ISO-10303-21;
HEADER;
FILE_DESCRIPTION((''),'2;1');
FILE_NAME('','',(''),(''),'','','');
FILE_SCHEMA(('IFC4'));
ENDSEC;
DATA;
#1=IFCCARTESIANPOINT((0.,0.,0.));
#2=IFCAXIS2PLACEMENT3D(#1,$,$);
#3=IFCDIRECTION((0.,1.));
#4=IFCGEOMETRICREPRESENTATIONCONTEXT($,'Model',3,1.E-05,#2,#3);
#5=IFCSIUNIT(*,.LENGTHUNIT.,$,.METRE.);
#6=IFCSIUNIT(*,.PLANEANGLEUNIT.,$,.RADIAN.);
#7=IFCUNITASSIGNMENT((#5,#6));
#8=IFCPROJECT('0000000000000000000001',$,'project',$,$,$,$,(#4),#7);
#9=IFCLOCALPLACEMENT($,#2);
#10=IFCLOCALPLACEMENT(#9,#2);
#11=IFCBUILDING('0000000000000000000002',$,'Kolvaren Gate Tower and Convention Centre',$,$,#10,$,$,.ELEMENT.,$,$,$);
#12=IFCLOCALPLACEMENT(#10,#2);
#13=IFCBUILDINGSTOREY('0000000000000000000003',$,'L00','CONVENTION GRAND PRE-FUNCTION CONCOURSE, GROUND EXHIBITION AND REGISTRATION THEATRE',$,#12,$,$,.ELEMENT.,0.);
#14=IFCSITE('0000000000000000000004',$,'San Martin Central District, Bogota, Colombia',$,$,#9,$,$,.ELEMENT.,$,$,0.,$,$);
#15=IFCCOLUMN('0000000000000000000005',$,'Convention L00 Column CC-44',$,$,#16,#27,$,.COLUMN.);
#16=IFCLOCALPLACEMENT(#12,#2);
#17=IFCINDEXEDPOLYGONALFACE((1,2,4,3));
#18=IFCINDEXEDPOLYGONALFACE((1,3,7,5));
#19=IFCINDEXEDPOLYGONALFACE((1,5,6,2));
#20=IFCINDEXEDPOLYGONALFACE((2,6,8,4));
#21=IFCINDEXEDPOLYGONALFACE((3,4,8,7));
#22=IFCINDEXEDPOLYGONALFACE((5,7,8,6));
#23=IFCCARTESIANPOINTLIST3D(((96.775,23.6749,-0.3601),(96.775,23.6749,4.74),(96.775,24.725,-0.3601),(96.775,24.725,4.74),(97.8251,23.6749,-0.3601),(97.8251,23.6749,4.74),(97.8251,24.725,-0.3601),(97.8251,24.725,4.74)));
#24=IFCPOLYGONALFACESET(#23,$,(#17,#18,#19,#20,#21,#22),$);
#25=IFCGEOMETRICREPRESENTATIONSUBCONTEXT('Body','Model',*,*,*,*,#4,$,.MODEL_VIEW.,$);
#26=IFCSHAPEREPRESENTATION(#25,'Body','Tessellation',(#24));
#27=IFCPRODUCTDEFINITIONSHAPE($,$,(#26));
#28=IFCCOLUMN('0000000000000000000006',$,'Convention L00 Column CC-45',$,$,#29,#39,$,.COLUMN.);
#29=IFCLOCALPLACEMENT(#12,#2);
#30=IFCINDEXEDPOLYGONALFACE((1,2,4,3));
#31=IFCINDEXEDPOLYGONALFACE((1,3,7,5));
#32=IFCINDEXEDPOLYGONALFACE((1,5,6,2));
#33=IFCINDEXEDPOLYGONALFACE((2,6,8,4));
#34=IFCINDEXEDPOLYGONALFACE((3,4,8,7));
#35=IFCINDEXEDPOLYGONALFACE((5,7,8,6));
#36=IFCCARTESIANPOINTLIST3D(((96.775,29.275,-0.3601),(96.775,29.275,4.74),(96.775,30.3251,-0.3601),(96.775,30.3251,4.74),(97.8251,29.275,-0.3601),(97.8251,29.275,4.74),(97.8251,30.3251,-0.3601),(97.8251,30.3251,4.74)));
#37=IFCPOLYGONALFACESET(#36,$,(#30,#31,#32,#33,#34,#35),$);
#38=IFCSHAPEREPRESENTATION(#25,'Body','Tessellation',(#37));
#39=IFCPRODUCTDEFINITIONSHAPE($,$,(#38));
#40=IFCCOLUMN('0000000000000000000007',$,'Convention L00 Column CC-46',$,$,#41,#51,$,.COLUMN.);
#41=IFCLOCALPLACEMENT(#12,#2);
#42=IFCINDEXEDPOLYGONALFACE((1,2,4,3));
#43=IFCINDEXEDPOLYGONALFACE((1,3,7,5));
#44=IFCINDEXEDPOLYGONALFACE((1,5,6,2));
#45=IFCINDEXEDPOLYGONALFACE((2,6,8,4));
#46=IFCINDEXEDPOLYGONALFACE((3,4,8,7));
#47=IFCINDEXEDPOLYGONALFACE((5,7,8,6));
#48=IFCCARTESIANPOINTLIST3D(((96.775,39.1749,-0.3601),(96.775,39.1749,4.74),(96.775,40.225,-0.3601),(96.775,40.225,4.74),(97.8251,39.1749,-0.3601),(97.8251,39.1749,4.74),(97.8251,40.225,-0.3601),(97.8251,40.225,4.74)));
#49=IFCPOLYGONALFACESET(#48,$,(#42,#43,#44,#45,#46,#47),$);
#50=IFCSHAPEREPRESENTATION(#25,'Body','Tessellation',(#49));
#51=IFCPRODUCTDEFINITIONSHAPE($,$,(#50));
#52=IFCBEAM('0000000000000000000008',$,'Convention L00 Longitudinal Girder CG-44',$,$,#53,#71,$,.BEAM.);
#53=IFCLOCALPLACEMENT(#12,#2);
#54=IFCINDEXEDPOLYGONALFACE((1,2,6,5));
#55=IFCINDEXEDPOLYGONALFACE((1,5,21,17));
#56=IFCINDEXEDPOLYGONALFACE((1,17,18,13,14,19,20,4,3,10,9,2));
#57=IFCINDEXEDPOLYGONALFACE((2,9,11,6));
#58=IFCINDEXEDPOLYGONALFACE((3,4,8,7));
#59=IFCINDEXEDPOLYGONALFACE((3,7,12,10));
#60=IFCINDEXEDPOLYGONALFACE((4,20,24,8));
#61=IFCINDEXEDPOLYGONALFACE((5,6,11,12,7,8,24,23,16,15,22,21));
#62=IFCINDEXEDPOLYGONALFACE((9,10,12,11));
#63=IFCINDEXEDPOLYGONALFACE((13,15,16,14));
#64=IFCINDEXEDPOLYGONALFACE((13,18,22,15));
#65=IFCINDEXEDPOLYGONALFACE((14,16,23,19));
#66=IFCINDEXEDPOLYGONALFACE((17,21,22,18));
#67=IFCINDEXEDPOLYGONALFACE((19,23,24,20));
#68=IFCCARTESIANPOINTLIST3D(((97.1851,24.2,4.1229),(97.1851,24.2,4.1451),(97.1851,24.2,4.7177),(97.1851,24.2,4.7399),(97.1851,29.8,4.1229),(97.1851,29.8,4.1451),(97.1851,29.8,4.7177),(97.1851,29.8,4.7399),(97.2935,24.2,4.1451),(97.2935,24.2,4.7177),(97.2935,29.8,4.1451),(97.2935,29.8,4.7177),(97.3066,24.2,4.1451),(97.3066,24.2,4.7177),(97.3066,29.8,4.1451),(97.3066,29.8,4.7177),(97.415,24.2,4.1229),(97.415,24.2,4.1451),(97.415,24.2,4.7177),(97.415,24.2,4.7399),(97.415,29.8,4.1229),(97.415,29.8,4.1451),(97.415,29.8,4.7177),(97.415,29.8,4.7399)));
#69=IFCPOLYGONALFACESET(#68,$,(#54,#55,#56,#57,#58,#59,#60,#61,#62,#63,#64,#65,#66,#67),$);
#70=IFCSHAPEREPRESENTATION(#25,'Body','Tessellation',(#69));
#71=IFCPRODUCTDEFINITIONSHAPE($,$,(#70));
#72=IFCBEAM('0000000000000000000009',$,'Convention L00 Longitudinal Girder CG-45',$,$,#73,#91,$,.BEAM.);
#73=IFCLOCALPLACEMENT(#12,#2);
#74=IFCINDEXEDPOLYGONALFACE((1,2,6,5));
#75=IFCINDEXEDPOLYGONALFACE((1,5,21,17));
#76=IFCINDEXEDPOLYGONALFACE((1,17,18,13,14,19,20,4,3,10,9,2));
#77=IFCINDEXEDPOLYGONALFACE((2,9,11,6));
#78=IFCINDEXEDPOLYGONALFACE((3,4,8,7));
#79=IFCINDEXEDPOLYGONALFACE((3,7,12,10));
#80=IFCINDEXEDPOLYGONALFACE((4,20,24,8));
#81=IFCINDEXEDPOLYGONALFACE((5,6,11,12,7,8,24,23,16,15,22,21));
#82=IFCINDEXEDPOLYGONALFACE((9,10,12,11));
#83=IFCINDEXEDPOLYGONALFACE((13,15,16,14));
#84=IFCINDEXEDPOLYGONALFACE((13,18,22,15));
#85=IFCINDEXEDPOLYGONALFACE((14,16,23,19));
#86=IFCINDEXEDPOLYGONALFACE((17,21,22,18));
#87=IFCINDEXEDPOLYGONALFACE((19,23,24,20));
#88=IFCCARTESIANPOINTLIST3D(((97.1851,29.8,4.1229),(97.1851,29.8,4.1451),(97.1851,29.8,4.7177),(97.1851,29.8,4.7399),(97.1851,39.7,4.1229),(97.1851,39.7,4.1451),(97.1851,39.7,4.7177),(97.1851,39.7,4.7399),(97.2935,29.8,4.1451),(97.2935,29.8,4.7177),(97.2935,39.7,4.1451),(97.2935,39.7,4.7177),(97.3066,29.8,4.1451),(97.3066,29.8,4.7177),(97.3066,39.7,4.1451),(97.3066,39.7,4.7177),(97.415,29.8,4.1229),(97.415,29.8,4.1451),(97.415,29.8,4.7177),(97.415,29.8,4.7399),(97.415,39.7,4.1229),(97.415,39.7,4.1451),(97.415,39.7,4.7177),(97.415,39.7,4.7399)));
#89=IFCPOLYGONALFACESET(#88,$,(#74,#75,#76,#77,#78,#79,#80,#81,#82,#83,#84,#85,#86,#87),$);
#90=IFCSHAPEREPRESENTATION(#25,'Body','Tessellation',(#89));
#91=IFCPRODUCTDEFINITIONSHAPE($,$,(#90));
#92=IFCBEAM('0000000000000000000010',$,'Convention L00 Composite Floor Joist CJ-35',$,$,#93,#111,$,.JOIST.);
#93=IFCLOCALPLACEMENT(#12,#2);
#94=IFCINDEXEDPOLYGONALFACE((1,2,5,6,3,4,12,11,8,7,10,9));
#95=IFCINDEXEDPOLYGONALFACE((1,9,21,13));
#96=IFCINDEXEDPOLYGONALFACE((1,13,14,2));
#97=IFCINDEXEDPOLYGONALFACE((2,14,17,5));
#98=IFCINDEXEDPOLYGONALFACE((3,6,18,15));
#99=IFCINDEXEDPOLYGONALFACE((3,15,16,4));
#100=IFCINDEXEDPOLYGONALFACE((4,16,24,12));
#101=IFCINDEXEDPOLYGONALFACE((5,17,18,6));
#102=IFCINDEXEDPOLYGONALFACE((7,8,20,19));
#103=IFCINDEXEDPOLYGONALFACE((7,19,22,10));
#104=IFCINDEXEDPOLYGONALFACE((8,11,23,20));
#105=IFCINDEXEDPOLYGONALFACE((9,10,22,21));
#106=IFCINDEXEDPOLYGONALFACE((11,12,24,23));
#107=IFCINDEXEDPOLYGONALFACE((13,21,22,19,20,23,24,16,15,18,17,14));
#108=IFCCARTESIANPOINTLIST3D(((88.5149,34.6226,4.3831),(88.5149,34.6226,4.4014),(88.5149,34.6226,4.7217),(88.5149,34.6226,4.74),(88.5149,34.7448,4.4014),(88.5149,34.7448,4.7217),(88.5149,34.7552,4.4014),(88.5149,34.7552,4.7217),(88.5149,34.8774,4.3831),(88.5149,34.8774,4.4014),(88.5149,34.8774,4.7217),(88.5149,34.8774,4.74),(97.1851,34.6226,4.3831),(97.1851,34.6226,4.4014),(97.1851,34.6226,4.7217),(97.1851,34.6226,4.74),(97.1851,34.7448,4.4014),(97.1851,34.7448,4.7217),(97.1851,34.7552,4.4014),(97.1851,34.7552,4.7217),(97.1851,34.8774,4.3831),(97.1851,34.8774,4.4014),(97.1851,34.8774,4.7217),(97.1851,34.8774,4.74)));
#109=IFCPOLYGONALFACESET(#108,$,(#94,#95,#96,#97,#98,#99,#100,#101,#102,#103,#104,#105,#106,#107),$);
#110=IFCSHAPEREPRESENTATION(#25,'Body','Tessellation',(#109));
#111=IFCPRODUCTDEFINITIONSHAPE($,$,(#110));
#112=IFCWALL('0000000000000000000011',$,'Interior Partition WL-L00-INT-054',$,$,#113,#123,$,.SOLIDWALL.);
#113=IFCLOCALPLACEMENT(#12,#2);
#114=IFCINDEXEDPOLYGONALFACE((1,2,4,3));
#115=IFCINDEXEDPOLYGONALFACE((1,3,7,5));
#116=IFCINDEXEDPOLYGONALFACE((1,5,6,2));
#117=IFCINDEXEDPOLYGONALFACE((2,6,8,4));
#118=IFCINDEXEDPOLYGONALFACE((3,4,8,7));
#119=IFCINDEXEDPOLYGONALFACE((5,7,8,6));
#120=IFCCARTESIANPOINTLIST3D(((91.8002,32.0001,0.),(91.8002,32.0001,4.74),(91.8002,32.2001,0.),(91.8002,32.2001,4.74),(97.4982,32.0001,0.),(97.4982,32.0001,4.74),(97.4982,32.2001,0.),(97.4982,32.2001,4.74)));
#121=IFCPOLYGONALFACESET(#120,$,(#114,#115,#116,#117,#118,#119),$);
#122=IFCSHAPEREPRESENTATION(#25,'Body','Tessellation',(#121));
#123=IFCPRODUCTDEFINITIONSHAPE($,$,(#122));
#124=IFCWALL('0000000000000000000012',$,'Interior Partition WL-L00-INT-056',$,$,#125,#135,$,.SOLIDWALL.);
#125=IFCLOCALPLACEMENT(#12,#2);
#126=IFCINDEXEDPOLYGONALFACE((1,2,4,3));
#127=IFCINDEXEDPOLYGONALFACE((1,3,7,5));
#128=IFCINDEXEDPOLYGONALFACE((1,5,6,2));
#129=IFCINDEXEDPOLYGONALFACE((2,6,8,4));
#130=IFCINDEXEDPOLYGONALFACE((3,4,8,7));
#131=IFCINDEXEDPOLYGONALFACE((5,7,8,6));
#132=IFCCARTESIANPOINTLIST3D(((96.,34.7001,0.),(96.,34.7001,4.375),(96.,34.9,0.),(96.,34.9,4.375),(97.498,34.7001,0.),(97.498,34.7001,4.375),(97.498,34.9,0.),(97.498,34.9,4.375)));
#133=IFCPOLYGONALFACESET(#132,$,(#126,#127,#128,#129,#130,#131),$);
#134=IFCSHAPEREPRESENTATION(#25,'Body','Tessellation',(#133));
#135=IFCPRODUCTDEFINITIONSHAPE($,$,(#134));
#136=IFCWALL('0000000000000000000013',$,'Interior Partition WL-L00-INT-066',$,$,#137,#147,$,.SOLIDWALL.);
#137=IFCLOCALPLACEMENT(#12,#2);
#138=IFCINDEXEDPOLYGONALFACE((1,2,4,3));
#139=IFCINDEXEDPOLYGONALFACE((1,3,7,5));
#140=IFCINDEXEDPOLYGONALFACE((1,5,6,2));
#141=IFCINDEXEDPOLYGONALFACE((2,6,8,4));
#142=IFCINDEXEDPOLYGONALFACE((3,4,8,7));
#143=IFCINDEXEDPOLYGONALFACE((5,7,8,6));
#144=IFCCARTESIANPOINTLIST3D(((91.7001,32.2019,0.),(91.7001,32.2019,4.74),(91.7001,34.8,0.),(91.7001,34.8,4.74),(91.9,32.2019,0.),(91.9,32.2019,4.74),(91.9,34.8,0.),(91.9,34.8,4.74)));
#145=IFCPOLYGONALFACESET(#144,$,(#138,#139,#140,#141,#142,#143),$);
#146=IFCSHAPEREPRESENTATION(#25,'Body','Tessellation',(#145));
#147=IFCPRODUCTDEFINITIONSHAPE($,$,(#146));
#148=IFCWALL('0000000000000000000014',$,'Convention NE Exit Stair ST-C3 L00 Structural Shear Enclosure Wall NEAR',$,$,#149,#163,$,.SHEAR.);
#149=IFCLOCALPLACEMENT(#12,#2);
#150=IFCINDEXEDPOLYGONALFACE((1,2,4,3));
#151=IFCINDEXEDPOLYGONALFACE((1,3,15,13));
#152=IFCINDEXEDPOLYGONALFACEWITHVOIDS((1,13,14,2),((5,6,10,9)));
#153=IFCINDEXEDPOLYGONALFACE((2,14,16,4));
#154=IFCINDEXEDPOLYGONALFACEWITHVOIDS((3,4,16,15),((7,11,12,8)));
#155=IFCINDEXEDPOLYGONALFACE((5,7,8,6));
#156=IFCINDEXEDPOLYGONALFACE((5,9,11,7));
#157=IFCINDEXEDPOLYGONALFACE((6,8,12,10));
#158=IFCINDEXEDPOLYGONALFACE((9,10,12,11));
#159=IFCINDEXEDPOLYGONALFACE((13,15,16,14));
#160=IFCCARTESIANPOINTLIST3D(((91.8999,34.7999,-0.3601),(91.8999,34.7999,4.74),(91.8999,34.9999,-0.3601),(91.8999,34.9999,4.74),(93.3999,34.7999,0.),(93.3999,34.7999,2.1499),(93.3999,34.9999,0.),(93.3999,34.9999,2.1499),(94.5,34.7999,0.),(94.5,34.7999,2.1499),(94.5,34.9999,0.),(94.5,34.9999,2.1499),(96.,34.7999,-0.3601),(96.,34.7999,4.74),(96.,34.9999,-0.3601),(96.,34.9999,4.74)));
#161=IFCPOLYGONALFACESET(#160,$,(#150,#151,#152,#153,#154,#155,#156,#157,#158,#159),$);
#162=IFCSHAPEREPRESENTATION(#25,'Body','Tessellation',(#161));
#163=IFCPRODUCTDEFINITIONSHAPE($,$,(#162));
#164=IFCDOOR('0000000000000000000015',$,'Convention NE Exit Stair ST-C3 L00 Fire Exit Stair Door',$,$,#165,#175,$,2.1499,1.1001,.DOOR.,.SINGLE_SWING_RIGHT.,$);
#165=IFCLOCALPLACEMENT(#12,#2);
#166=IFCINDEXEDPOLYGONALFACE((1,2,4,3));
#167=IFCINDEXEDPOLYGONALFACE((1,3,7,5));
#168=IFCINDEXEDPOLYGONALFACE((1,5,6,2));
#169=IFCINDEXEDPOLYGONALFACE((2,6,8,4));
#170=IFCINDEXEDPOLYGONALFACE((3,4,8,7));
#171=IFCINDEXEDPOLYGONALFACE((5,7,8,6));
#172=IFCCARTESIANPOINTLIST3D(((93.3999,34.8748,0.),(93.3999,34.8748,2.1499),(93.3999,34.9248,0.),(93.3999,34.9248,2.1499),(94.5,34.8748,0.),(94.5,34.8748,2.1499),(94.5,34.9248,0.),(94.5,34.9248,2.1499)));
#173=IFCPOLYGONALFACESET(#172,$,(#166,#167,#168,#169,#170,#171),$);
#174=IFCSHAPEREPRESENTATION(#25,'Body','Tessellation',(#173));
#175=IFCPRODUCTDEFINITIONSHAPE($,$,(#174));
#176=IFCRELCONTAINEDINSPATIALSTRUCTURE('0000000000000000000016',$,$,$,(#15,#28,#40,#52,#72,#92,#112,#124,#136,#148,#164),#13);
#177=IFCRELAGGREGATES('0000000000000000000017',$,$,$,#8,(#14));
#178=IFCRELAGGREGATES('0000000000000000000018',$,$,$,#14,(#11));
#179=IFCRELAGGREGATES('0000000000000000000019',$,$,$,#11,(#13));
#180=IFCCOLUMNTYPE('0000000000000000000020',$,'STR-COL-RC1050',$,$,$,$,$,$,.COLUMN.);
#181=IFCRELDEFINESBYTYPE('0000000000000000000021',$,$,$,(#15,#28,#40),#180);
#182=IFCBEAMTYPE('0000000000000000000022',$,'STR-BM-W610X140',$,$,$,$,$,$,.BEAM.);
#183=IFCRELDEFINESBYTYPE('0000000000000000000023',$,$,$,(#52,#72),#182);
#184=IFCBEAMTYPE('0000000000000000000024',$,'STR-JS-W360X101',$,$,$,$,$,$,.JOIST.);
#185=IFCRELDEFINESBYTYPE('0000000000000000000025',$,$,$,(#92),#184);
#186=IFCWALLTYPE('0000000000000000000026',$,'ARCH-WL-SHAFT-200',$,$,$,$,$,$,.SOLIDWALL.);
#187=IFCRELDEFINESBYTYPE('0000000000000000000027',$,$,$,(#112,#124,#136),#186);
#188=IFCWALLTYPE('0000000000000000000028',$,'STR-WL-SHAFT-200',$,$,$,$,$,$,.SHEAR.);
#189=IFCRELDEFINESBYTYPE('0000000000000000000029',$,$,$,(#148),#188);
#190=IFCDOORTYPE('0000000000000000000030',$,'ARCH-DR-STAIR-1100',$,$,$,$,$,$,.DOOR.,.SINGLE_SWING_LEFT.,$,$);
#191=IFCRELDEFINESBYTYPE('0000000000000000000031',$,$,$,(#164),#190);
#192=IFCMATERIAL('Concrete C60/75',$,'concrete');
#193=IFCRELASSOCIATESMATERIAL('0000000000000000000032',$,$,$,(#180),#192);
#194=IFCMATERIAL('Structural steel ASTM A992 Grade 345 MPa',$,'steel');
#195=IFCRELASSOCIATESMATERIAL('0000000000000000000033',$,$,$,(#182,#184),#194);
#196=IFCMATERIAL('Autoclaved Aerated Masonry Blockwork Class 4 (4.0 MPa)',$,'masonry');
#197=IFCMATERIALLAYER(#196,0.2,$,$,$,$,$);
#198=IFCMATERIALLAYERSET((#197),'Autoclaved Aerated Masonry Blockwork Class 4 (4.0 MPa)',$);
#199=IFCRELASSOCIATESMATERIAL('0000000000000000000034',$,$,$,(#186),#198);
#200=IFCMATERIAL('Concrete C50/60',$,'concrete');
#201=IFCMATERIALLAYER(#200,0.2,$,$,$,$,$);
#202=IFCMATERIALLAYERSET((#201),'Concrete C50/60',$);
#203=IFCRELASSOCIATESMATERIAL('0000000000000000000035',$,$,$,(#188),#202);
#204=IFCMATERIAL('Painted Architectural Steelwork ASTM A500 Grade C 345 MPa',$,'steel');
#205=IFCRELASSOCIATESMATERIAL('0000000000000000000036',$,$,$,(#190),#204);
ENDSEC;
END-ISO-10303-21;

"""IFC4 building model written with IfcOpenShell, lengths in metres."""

from ifc_helpers import new_model, si_unit, direction, frame, frame_2d, origin, origin_2d, place, context, subcontext, project, spatial, rectangle, i_section, extrude, material, layer, layer_set, material_profile, profile_set, type_object, element, fill, save


model = new_model("IFC4")

# Units and contexts
model_context = context("Model", 3, precision=1e-05, world=origin(), true_north=direction((0.0, 1.0)))
body_context = subcontext(model_context, "Body", "Model", "MODEL_VIEW")
ifc_project = project(units=[si_unit("LENGTHUNIT", "METRE"), si_unit("PLANEANGLEUNIT", "RADIAN")], contexts=[model_context])

# Site, building, storey
site_placement = place(None, origin())
site = spatial("IfcSite", under=ifc_project, at=site_placement, Name="San Martin Central District, Bogota, Colombia", CompositionType="ELEMENT", RefElevation=0.0)
building_placement = place(site_placement, origin())
building = spatial("IfcBuilding", under=site, at=building_placement, Name="Kolvaren Gate Tower and Convention Centre", CompositionType="ELEMENT")
storey_placement = place(building_placement, origin())
storey = spatial("IfcBuildingStorey", under=building, at=storey_placement, Name="L00", Description="CONVENTION GRAND PRE-FUNCTION CONCOURSE, GROUND EXHIBITION AND REGISTRATION THEATRE", CompositionType="ELEMENT", Elevation=0.0)

# Columns
ifc_material_1 = material(Name="Concrete C60/75", Category="concrete")
ifc_material_profile_1 = material_profile(ifc_material_1, rectangle(XDim=1.05, YDim=1.05, at=origin_2d()), Name="RC-COL-1050X1050")
ifc_profile_set_1 = profile_set([ifc_material_profile_1], Name="Concrete C60/75")
column_type = type_object("IfcColumnType", Name="STR-COL-RC1050", PredefinedType="COLUMN", material=ifc_profile_set_1)
for number, where, z_axis, x_axis, name in (
    (1, (97.3, 24.2, -0.3601), (0.0, 0.0, 1.0), (1.0, 0.0, 0.0), "Convention L00 Column CC-44"),
    (2, (97.3, 29.8, -0.3601), (0.0, 0.0, 1.0), (1.0, 0.0, 0.0), "Convention L00 Column CC-45"),
    (3, (97.3, 39.7, -0.3601), (0.0, 0.0, 1.0), (1.0, 0.0, 0.0), "Convention L00 Column CC-46"),
):
    element("IfcColumn", number, at=place(storey_placement, frame(where, z_axis=z_axis, x_axis=x_axis)), inside=storey, type_object=column_type, Name=name, PredefinedType="COLUMN", context=body_context, shape_type="SweptSolid", body=[
        extrude(rectangle(XDim=1.05, YDim=1.05, at=origin_2d()), origin(), (0.0, 0.0, 1.0), 5.1001),
    ])

# Beams
ifc_material_2 = material(Name="Structural steel ASTM A992 Grade 345 MPa", Category="steel")
ifc_material_profile_2 = material_profile(ifc_material_2, i_section(OverallWidth=0.23, OverallDepth=0.6169, WebThickness=0.0132, FlangeThickness=0.0222, at=origin_2d()), Name="W610X140")
ifc_profile_set_2 = profile_set([ifc_material_profile_2], Name="Structural steel ASTM A992 Grade 345 MPa")
beam_type_1 = type_object("IfcBeamType", Name="STR-BM-W610X140", PredefinedType="BEAM", material=ifc_profile_set_2)
beam_1_placement = place(storey_placement, frame((97.3, 24.2, 4.4314), z_axis=(0.0, 1.0, 0.0), x_axis=(-1.0, 0.0, 0.0)))
element("IfcBeam", 4, at=beam_1_placement, inside=storey, type_object=beam_type_1, Name="Convention L00 Longitudinal Girder CG-44", PredefinedType="BEAM", context=body_context, shape_type="SweptSolid", body=[
    extrude(i_section(OverallWidth=0.23, OverallDepth=0.6169, WebThickness=0.0132, FlangeThickness=0.0222, at=origin_2d()), origin(), (0.0, 0.0, 1.0), 5.6001),
])
beam_2_placement = place(storey_placement, frame((97.3, 29.8, 4.4314), z_axis=(0.0, 1.0, 0.0), x_axis=(-1.0, 0.0, 0.0)))
element("IfcBeam", 5, at=beam_2_placement, inside=storey, type_object=beam_type_1, Name="Convention L00 Longitudinal Girder CG-45", PredefinedType="BEAM", context=body_context, shape_type="SweptSolid", body=[
    extrude(i_section(OverallWidth=0.23, OverallDepth=0.6169, WebThickness=0.0132, FlangeThickness=0.0222, at=origin_2d()), origin(), (0.0, 0.0, 1.0), 9.8999),
])
ifc_material_profile_3 = material_profile(ifc_material_2, i_section(OverallWidth=0.2549, OverallDepth=0.3569, WebThickness=0.0105, FlangeThickness=0.0183, at=origin_2d()), Name="W360X101")
ifc_profile_set_3 = profile_set([ifc_material_profile_3], Name="Structural steel ASTM A992 Grade 345 MPa")
beam_type_2 = type_object("IfcBeamType", Name="STR-JS-W360X101", PredefinedType="JOIST", material=ifc_profile_set_3)
beam_3_placement = place(storey_placement, frame((88.5149, 34.75, 4.5615), z_axis=(1.0, 0.0, 0.0), x_axis=(0.0, 1.0, 0.0)))
element("IfcBeam", 6, at=beam_3_placement, inside=storey, type_object=beam_type_2, Name="Convention L00 Composite Floor Joist CJ-35", PredefinedType="JOIST", context=body_context, shape_type="SweptSolid", body=[
    extrude(i_section(OverallWidth=0.2549, OverallDepth=0.3569, WebThickness=0.0105, FlangeThickness=0.0183, at=origin_2d()), origin(), (0.0, 0.0, 1.0), 8.6702),
])

# Walls
ifc_material_3 = material(Name="Autoclaved Aerated Masonry Blockwork Class 4 (4.0 MPa)", Category="masonry")
ifc_layer_1 = layer(ifc_material_3, 0.2)
ifc_layer_set_1 = layer_set([ifc_layer_1], Name="Autoclaved Aerated Masonry Blockwork Class 4 (4.0 MPa)")
wall_type_1 = type_object("IfcWallType", Name="ARCH-WL-SHAFT-200", PredefinedType="SOLIDWALL", material=ifc_layer_set_1)
wall_1_placement = place(storey_placement, frame((91.8, 32.1001, 0.0), z_axis=(0.0, 0.0, 1.0), x_axis=(1.0, 0.0, 0.0)))
element("IfcWall", 7, at=wall_1_placement, inside=storey, type_object=wall_type_1, Name="Interior Partition WL-L00-INT-054", PredefinedType="SOLIDWALL", context=body_context, shape_type="SweptSolid", body=[
    extrude(rectangle(XDim=5.698, YDim=0.2, at=frame_2d((2.8491, 0.0))), origin(), (0.0, 0.0, 1.0), 4.74),
])
wall_2_placement = place(storey_placement, frame((96.0, 34.8, 0.0), z_axis=(0.0, 0.0, 1.0), x_axis=(1.0, 0.0, 0.0)))
element("IfcWall", 8, at=wall_2_placement, inside=storey, type_object=wall_type_1, Name="Interior Partition WL-L00-INT-056", PredefinedType="SOLIDWALL", context=body_context, shape_type="SweptSolid", body=[
    extrude(rectangle(XDim=1.498, YDim=0.2, at=frame_2d((0.749, 0.0))), origin(), (0.0, 0.0, 1.0), 4.375),
])
wall_3_placement = place(storey_placement, frame((91.8, 32.2019, 0.0), z_axis=(0.0, 0.0, 1.0), x_axis=(0.0, 1.0, 0.0)))
element("IfcWall", 9, at=wall_3_placement, inside=storey, type_object=wall_type_1, Name="Interior Partition WL-L00-INT-066", PredefinedType="SOLIDWALL", context=body_context, shape_type="SweptSolid", body=[
    extrude(rectangle(XDim=2.5981, YDim=0.2, at=frame_2d((1.2991, 0.0))), origin(), (0.0, 0.0, 1.0), 4.74),
])

# Wall, opening, door
ifc_material_4 = material(Name="Concrete C50/60", Category="concrete")
ifc_layer_2 = layer(ifc_material_4, 0.2)
ifc_layer_set_2 = layer_set([ifc_layer_2], Name="Concrete C50/60")
wall_type_2 = type_object("IfcWallType", Name="STR-WL-SHAFT-200", PredefinedType="SHEAR", material=ifc_layer_set_2)
wall_4_placement = place(storey_placement, frame((91.8999, 34.8999, -0.3601), z_axis=(0.0, 0.0, 1.0), x_axis=(1.0, 0.0, 0.0)))
wall_4 = element("IfcWall", 10, at=wall_4_placement, inside=storey, type_object=wall_type_2, Name="Convention NE Exit Stair ST-C3 L00 Structural Shear Enclosure Wall NEAR", PredefinedType="SHEAR", context=body_context, shape_type="SweptSolid", body=[
    extrude(rectangle(XDim=4.1001, YDim=0.2, at=frame_2d((2.05, 0.0))), origin(), (0.0, 0.0, 1.0), 5.1001),
])
opening_placement = place(wall_4_placement, frame((1.5, 0.0, 0.3601)))
opening = element("IfcOpeningElement", 11, at=opening_placement, cuts=wall_4, PredefinedType="OPENING", context=body_context, shape_type="SweptSolid", body=[
    extrude(rectangle(XDim=1.1001, YDim=2.1499, at=frame_2d((0.55, 1.075))), frame((0.0, 0.1099, 0.0), z_axis=(0.0, -1.0, 0.0), x_axis=(1.0, 0.0, 0.0)), (0.0, 0.0, 1.0), 0.22),
])
ifc_material_5 = material(Name="Painted Architectural Steelwork ASTM A500 Grade C 345 MPa", Category="steel")
door_type = type_object("IfcDoorType", Name="ARCH-DR-STAIR-1100", OperationType="SINGLE_SWING_LEFT", PredefinedType="DOOR", material=ifc_material_5)
door_placement = place(opening_placement, origin())
door = element("IfcDoor", 12, at=door_placement, inside=storey, type_object=door_type, Name="Convention NE Exit Stair ST-C3 L00 Fire Exit Stair Door", OperationType="SINGLE_SWING_RIGHT", OverallHeight=2.1499, OverallWidth=1.1001, PredefinedType="DOOR", context=body_context, shape_type="SweptSolid", body=[
    extrude(rectangle(XDim=1.1001, YDim=2.1499, at=frame_2d((0.55, 1.075))), frame((0.0, 0.0249, 0.0), z_axis=(0.0, -1.0, 0.0), x_axis=(1.0, 0.0, 0.0)), (0.0, 0.0, 1.0), 0.05),
])
fill(opening, door)

save(model, "model.ifc")
